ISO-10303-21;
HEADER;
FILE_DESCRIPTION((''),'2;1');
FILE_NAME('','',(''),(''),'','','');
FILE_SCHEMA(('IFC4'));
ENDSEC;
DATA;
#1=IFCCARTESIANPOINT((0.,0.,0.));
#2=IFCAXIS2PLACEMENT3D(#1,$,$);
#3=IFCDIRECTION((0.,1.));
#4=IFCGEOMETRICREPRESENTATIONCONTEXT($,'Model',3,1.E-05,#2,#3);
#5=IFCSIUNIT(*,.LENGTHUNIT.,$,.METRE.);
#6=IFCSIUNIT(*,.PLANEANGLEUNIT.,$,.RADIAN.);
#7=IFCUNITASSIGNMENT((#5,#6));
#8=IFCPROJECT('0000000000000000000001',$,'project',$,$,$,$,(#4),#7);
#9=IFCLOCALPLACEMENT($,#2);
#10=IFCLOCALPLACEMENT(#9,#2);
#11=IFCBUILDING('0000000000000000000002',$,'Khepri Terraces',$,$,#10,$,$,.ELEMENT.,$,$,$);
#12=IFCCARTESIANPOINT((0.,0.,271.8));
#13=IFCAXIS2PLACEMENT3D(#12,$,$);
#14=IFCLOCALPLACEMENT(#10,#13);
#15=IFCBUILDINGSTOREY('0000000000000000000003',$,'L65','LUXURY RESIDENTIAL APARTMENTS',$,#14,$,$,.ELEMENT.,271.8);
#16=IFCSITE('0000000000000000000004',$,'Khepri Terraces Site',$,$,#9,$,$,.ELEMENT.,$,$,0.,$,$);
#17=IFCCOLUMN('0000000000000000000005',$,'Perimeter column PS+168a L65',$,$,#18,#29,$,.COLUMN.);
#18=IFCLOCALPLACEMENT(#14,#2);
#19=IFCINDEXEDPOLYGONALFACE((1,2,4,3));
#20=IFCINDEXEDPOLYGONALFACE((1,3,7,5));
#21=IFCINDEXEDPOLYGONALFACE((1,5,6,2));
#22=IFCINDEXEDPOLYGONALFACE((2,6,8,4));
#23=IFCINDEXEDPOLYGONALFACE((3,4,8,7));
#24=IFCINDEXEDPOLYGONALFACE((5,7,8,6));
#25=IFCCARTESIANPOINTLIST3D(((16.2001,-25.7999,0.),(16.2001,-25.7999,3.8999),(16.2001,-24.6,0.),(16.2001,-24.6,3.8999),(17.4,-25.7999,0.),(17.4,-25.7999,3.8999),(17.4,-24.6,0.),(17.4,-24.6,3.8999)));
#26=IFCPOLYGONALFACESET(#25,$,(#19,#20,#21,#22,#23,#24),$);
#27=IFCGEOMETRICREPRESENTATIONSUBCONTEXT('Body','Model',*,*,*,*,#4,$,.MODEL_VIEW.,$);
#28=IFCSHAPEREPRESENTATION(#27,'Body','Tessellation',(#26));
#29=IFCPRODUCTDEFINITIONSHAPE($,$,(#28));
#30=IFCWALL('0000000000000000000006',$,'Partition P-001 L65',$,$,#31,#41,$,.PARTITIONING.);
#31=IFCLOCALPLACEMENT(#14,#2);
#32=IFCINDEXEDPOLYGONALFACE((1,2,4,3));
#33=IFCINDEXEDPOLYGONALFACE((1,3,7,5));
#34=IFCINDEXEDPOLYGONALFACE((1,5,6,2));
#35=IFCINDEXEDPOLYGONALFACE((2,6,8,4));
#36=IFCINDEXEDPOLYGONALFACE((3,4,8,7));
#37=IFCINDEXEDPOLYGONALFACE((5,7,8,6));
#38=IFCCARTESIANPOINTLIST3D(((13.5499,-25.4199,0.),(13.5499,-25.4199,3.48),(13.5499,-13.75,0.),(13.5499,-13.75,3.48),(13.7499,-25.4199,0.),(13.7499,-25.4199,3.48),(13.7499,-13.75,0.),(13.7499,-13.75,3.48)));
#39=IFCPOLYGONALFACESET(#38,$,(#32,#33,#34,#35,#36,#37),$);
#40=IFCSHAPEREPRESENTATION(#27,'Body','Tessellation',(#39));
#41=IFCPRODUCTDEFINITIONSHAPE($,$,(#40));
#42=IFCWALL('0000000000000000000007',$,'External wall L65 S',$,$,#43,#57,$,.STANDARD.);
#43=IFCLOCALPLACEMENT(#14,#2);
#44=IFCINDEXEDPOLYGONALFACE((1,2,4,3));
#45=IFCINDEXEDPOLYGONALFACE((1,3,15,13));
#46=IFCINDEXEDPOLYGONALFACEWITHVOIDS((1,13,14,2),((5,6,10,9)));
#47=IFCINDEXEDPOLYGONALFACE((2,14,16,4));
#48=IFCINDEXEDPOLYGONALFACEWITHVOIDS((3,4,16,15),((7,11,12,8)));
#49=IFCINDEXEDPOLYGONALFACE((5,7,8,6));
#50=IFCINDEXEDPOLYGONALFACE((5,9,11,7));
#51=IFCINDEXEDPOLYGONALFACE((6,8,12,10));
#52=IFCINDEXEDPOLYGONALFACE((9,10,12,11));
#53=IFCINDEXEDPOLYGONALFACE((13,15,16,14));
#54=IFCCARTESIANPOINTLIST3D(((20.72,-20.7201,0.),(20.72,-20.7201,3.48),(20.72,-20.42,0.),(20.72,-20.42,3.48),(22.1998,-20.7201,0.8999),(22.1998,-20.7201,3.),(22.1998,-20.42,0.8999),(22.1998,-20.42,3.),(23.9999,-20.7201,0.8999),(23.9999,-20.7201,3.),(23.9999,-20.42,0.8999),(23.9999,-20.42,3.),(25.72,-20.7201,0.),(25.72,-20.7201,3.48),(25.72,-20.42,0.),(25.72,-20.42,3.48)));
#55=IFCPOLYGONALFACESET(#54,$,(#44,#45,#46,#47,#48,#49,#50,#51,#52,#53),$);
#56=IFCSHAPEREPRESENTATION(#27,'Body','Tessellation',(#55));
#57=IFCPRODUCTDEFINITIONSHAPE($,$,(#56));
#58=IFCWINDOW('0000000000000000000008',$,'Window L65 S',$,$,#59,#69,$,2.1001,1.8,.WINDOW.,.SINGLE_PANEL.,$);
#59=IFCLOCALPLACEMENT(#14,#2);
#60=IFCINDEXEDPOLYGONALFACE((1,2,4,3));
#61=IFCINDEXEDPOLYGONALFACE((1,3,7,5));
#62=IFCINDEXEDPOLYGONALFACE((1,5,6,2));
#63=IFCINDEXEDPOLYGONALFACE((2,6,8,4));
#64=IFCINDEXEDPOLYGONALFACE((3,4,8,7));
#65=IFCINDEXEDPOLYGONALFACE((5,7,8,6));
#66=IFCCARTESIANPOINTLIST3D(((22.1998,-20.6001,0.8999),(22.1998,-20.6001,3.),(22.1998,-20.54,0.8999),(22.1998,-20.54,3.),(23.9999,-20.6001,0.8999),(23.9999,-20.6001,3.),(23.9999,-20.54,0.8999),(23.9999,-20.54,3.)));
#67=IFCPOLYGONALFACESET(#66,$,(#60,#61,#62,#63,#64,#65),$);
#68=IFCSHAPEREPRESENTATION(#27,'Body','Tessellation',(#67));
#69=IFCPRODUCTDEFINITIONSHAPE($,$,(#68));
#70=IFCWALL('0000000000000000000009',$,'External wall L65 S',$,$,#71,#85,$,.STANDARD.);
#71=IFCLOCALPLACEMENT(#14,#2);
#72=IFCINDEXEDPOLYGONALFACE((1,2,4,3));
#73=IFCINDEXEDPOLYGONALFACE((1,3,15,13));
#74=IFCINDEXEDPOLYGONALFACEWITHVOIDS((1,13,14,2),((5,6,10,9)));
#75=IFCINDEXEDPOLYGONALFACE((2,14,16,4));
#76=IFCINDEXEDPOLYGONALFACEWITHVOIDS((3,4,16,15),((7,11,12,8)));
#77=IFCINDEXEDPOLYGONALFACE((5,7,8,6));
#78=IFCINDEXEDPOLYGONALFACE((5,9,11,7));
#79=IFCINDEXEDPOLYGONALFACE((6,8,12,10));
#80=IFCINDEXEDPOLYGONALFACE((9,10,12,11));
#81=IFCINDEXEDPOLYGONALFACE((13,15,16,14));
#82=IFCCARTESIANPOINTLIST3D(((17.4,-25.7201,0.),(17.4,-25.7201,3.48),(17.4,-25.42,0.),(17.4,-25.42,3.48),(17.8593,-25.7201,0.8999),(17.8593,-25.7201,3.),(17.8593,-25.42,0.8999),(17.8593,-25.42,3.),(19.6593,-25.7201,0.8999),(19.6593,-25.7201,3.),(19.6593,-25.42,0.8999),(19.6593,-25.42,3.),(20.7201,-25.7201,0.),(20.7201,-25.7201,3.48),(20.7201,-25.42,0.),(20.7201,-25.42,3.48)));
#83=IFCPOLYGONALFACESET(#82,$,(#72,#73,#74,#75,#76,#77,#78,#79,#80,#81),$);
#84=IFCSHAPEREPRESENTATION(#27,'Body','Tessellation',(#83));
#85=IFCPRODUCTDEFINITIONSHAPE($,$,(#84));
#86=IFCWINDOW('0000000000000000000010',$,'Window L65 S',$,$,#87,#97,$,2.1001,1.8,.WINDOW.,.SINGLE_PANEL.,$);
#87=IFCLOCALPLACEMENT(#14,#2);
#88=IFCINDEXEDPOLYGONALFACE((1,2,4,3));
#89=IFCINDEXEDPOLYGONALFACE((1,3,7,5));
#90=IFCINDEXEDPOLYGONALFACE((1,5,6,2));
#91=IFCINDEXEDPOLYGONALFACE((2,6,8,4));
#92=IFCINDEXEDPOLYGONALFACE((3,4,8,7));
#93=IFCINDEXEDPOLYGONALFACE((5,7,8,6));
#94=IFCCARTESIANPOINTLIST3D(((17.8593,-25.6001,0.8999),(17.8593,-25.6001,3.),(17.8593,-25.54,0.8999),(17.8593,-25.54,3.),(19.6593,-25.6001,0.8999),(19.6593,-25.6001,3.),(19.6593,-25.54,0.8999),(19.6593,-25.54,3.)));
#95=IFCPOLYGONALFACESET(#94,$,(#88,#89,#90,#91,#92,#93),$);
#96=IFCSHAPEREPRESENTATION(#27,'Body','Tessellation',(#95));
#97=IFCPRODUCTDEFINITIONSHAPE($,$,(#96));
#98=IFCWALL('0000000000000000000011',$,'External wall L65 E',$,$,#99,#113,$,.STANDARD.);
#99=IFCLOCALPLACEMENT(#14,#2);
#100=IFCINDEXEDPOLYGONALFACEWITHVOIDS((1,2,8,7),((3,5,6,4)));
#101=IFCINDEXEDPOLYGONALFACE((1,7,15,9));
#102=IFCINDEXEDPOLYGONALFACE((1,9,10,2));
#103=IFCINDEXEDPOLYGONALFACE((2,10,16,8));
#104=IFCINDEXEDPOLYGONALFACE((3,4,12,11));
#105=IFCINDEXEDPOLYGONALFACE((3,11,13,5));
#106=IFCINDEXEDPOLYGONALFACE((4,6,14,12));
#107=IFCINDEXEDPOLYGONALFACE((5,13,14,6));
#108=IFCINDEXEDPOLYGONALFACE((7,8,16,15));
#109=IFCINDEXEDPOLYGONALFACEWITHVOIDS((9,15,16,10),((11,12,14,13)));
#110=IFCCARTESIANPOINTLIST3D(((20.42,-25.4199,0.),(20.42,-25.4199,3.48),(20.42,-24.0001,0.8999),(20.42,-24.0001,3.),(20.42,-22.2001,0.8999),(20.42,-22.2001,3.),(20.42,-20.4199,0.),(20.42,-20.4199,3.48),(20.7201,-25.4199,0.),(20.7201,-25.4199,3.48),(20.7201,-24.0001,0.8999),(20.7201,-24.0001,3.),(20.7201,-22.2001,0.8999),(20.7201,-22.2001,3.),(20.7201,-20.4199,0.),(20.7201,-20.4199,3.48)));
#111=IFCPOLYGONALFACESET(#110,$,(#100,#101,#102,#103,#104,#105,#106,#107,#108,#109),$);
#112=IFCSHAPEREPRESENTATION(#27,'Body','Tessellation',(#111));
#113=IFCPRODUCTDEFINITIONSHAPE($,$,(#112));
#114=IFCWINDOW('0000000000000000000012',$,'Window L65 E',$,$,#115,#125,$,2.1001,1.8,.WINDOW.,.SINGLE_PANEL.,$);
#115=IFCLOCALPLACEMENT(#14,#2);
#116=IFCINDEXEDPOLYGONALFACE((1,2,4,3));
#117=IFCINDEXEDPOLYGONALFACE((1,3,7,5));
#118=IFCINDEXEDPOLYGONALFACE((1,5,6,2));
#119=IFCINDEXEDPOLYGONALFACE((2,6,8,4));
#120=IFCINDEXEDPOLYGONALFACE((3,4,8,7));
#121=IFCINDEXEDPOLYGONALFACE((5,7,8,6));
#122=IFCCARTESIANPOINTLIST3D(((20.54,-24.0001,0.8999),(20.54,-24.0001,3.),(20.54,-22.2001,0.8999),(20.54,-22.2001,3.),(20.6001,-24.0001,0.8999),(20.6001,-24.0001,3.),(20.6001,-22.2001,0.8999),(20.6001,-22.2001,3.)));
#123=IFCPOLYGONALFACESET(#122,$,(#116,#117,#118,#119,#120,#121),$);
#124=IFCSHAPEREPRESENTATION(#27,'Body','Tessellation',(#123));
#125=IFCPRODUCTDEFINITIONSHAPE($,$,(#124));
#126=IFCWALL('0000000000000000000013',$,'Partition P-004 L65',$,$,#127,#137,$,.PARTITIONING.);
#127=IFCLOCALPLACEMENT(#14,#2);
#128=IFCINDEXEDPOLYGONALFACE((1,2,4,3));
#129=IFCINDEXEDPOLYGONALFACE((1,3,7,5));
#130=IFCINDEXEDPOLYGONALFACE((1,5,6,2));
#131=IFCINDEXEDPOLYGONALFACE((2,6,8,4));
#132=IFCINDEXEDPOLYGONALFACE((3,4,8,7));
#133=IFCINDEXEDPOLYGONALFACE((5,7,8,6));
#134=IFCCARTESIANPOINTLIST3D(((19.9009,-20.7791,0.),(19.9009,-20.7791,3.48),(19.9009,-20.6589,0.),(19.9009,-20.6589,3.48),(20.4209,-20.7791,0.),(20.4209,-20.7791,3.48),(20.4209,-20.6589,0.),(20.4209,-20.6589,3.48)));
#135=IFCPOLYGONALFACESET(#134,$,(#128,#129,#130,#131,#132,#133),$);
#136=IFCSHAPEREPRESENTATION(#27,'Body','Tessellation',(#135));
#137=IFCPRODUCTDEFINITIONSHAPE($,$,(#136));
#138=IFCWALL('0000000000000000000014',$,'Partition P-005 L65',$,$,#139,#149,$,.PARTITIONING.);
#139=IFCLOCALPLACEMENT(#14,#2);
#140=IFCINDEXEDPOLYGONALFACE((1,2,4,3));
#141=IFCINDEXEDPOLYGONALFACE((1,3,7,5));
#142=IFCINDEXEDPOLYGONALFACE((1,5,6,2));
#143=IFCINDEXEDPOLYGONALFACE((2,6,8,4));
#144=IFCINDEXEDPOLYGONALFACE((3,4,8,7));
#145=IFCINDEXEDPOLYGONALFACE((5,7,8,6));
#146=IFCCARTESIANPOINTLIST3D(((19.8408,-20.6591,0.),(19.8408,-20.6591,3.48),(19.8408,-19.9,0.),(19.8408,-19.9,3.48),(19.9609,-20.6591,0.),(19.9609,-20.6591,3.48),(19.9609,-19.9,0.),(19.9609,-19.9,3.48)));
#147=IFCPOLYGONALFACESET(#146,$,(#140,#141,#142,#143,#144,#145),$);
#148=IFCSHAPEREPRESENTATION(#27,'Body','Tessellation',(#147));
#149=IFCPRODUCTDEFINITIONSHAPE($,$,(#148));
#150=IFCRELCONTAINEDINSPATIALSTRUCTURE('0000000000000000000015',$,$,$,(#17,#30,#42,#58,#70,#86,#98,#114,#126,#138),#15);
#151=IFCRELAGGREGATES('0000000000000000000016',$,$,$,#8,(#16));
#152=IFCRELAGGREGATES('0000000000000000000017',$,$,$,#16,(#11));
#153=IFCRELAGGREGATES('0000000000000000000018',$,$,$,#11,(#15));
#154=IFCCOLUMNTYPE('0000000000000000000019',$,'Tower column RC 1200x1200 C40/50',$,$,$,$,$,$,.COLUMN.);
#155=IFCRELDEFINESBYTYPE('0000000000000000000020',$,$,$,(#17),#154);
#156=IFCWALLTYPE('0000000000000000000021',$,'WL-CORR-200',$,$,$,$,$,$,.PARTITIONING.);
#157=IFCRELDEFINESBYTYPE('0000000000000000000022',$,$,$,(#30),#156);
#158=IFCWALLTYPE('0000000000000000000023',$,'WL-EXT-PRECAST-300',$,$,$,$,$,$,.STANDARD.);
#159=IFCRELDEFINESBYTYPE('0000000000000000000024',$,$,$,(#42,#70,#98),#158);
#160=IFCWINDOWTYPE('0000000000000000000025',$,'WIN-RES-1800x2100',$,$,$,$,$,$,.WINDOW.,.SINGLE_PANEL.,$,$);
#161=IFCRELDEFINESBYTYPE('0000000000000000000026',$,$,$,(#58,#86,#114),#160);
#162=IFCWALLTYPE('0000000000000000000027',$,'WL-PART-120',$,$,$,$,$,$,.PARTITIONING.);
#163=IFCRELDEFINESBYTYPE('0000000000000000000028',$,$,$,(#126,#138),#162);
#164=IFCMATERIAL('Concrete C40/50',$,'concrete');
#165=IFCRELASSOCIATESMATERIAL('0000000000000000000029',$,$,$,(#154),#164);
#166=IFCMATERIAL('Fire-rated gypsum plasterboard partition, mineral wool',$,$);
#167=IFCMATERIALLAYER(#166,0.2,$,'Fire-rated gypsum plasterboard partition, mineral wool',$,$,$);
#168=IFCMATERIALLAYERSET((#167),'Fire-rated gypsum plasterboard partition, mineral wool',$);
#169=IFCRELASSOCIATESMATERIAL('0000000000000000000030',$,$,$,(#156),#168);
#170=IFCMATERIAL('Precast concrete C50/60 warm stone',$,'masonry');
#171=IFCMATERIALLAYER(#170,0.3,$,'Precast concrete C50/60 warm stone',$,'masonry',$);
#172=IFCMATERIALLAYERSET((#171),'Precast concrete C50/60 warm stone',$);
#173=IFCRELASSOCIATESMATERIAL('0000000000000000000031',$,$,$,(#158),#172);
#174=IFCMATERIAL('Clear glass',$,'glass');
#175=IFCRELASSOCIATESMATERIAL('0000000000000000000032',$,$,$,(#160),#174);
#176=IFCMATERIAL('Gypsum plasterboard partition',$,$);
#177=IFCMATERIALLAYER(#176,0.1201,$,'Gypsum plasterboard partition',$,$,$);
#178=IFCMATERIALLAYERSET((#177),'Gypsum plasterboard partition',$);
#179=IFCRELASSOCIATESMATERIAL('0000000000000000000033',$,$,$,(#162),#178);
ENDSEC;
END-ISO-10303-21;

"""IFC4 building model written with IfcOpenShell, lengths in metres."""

from ifc_helpers import new_model, si_unit, direction, frame, frame_2d, origin, origin_2d, place, context, subcontext, project, spatial, rectangle, extrude, material, layer, layer_set, material_profile, profile_set, type_object, element, fill, save


model = new_model("IFC4")

# Units and contexts
model_context = context("Model", 3, precision=1e-05, world=origin(), true_north=direction((0.0, 1.0)))
body_context = subcontext(model_context, "Body", "Model", "MODEL_VIEW")
ifc_project = project(units=[si_unit("LENGTHUNIT", "METRE"), si_unit("PLANEANGLEUNIT", "RADIAN")], contexts=[model_context])

# Site, building, storey
site_placement = place(None, origin())
site = spatial("IfcSite", under=ifc_project, at=site_placement, Name="Khepri Terraces Site", CompositionType="ELEMENT", RefElevation=0.0)
building_placement = place(site_placement, origin())
building = spatial("IfcBuilding", under=site, at=building_placement, Name="Khepri Terraces", CompositionType="ELEMENT")
storey_placement = place(building_placement, frame((0.0, 0.0, 271.8)))
storey = spatial("IfcBuildingStorey", under=building, at=storey_placement, Name="L65", Description="LUXURY RESIDENTIAL APARTMENTS", CompositionType="ELEMENT", Elevation=271.8)

# Column
ifc_material_1 = material(Name="Concrete C40/50", Category="concrete")
ifc_material_profile = material_profile(ifc_material_1, rectangle(XDim=1.2, YDim=1.2, at=origin_2d()), Name="Concrete C40/50", Category="concrete")
ifc_profile_set = profile_set([ifc_material_profile], Name="Concrete C40/50")
column_type = type_object("IfcColumnType", Name="Tower column RC 1200x1200 C40/50", PredefinedType="COLUMN", material=ifc_profile_set)
column_placement = place(storey_placement, frame((16.8, -25.2, 0.0), z_axis=(0.0, 0.0, 1.0), x_axis=(1.0, 0.0, 0.0)))
element("IfcColumn", 1, at=column_placement, inside=storey, type_object=column_type, Name="Perimeter column PS+168a L65", PredefinedType="COLUMN", context=body_context, shape_type="SweptSolid", body=[
    extrude(rectangle(XDim=1.2, YDim=1.2, at=origin_2d()), origin(), (0.0, 0.0, 1.0), 3.8999),
])

# Wall
ifc_material_2 = material(Name="Fire-rated gypsum plasterboard partition, mineral wool")
ifc_layer_1 = layer(ifc_material_2, 0.2, Name="Fire-rated gypsum plasterboard partition, mineral wool")
ifc_layer_set_1 = layer_set([ifc_layer_1], Name="Fire-rated gypsum plasterboard partition, mineral wool")
wall_type_1 = type_object("IfcWallType", Name="WL-CORR-200", PredefinedType="PARTITIONING", material=ifc_layer_set_1)
wall_1_placement = place(storey_placement, frame((13.6499, -25.4199, 0.0), z_axis=(0.0, 0.0, 1.0), x_axis=(0.0, 1.0, 0.0)))
element("IfcWall", 2, at=wall_1_placement, inside=storey, type_object=wall_type_1, Name="Partition P-001 L65", PredefinedType="PARTITIONING", context=body_context, shape_type="SweptSolid", body=[
    extrude(rectangle(XDim=11.6699, YDim=0.2, at=frame_2d((5.835, 0.0))), origin(), (0.0, 0.0, 1.0), 3.48),
])

# Wall, opening, window
ifc_material_3 = material(Name="Precast concrete C50/60 warm stone", Category="masonry")
ifc_layer_2 = layer(ifc_material_3, 0.3, Name="Precast concrete C50/60 warm stone", Category="masonry")
ifc_layer_set_2 = layer_set([ifc_layer_2], Name="Precast concrete C50/60 warm stone")
wall_type_2 = type_object("IfcWallType", Name="WL-EXT-PRECAST-300", PredefinedType="STANDARD", material=ifc_layer_set_2)
wall_2_placement = place(storey_placement, frame((20.72, -20.5701, 0.0), z_axis=(0.0, 0.0, 1.0), x_axis=(1.0, 0.0, 0.0)))
wall_2 = element("IfcWall", 3, at=wall_2_placement, inside=storey, type_object=wall_type_2, Name="External wall L65 S", PredefinedType="STANDARD", context=body_context, shape_type="SweptSolid", body=[
    extrude(rectangle(XDim=5.0, YDim=0.3, at=frame_2d((2.5, 0.0))), origin(), (0.0, 0.0, 1.0), 3.48),
])
opening_1_placement = place(wall_2_placement, frame((1.48, 0.0, 0.8999)))
opening_1 = element("IfcOpeningElement", 4, at=opening_1_placement, cuts=wall_2, PredefinedType="OPENING", context=body_context, shape_type="SweptSolid", body=[
    extrude(rectangle(XDim=1.8, YDim=2.1001, at=frame_2d((0.8999, 1.05))), frame((0.0, 0.1602, 0.0), z_axis=(0.0, -1.0, 0.0), x_axis=(1.0, 0.0, 0.0)), (0.0, 0.0, 1.0), 0.3201),
])
ifc_material_4 = material(Name="Clear glass", Category="glass")
window_type = type_object("IfcWindowType", Name="WIN-RES-1800x2100", PartitioningType="SINGLE_PANEL", PredefinedType="WINDOW", material=ifc_material_4)
window_1_placement = place(opening_1_placement, origin())
window_1 = element("IfcWindow", 5, at=window_1_placement, inside=storey, type_object=window_type, Name="Window L65 S", OverallHeight=2.1001, OverallWidth=1.8, PartitioningType="SINGLE_PANEL", PredefinedType="WINDOW", context=body_context, shape_type="SweptSolid", body=[
    extrude(rectangle(XDim=1.8, YDim=2.1001, at=frame_2d((0.8999, 1.05))), frame((0.0, 0.03, 0.0), z_axis=(0.0, -1.0, 0.0), x_axis=(1.0, 0.0, 0.0)), (0.0, 0.0, 1.0), 0.0601),
])
fill(opening_1, window_1)

# Walls, openings, windows
wall_3_placement = place(storey_placement, frame((17.3999, -25.5701, 0.0), z_axis=(0.0, 0.0, 1.0), x_axis=(1.0, 0.0, 0.0)))
wall_3 = element("IfcWall", 6, at=wall_3_placement, inside=storey, type_object=wall_type_2, Name="External wall L65 S", PredefinedType="STANDARD", context=body_context, shape_type="SweptSolid", body=[
    extrude(rectangle(XDim=3.3201, YDim=0.3, at=frame_2d((1.6602, 0.0))), origin(), (0.0, 0.0, 1.0), 3.48),
])
opening_2_placement = place(wall_3_placement, frame((0.4595, 0.0, 0.8999)))
opening_2 = element("IfcOpeningElement", 7, at=opening_2_placement, cuts=wall_3, PredefinedType="OPENING", context=body_context, shape_type="SweptSolid", body=[
    extrude(rectangle(XDim=1.8, YDim=2.1001, at=frame_2d((0.8999, 1.05))), frame((0.0, 0.1602, 0.0), z_axis=(0.0, -1.0, 0.0), x_axis=(1.0, 0.0, 0.0)), (0.0, 0.0, 1.0), 0.3201),
])
window_2_placement = place(opening_2_placement, origin())
window_2 = element("IfcWindow", 8, at=window_2_placement, inside=storey, type_object=window_type, Name="Window L65 S", OverallHeight=2.1001, OverallWidth=1.8, PartitioningType="SINGLE_PANEL", PredefinedType="WINDOW", context=body_context, shape_type="SweptSolid", body=[
    extrude(rectangle(XDim=1.8, YDim=2.1001, at=frame_2d((0.8999, 1.05))), frame((0.0, 0.03, 0.0), z_axis=(0.0, -1.0, 0.0), x_axis=(1.0, 0.0, 0.0)), (0.0, 0.0, 1.0), 0.0601),
])
fill(opening_2, window_2)
wall_4_placement = place(storey_placement, frame((20.5701, -25.4199, 0.0), z_axis=(0.0, 0.0, 1.0), x_axis=(0.0, 1.0, 0.0)))
wall_4 = element("IfcWall", 9, at=wall_4_placement, inside=storey, type_object=wall_type_2, Name="External wall L65 E", PredefinedType="STANDARD", context=body_context, shape_type="SweptSolid", body=[
    extrude(rectangle(XDim=5.0, YDim=0.3, at=frame_2d((2.5, 0.0))), origin(), (0.0, 0.0, 1.0), 3.48),
])
opening_3_placement = place(wall_4_placement, frame((1.4199, 0.0, 0.8999)))
opening_3 = element("IfcOpeningElement", 10, at=opening_3_placement, cuts=wall_4, PredefinedType="OPENING", context=body_context, shape_type="SweptSolid", body=[
    extrude(rectangle(XDim=1.8, YDim=2.1001, at=frame_2d((0.8999, 1.05))), frame((0.0, 0.1602, 0.0), z_axis=(0.0, -1.0, 0.0), x_axis=(1.0, 0.0, 0.0)), (0.0, 0.0, 1.0), 0.3201),
])
window_3_placement = place(opening_3_placement, origin())
window_3 = element("IfcWindow", 11, at=window_3_placement, inside=storey, type_object=window_type, Name="Window L65 E", OverallHeight=2.1001, OverallWidth=1.8, PartitioningType="SINGLE_PANEL", PredefinedType="WINDOW", context=body_context, shape_type="SweptSolid", body=[
    extrude(rectangle(XDim=1.8, YDim=2.1001, at=frame_2d((0.8999, 1.05))), frame((0.0, 0.03, 0.0), z_axis=(0.0, -1.0, 0.0), x_axis=(1.0, 0.0, 0.0)), (0.0, 0.0, 1.0), 0.0601),
])
fill(opening_3, window_3)

# Walls
ifc_material_5 = material(Name="Gypsum plasterboard partition")
ifc_layer_3 = layer(ifc_material_5, 0.1201, Name="Gypsum plasterboard partition")
ifc_layer_set_3 = layer_set([ifc_layer_3], Name="Gypsum plasterboard partition")
wall_type_3 = type_object("IfcWallType", Name="WL-PART-120", PredefinedType="PARTITIONING", material=ifc_layer_set_3)
wall_5_placement = place(storey_placement, frame((19.9009, -20.719, 0.0), z_axis=(0.0, 0.0, 1.0), x_axis=(1.0, 0.0, 0.0)))
element("IfcWall", 12, at=wall_5_placement, inside=storey, type_object=wall_type_3, Name="Partition P-004 L65", PredefinedType="PARTITIONING", context=body_context, shape_type="SweptSolid", body=[
    extrude(rectangle(XDim=0.52, YDim=0.1201, at=frame_2d((0.26, 0.0))), origin(), (0.0, 0.0, 1.0), 3.48),
])
wall_6_placement = place(storey_placement, frame((19.9009, -20.6589, 0.0), z_axis=(0.0, 0.0, 1.0), x_axis=(0.0, 1.0, 0.0)))
element("IfcWall", 13, at=wall_6_placement, inside=storey, type_object=wall_type_3, Name="Partition P-005 L65", PredefinedType="PARTITIONING", context=body_context, shape_type="SweptSolid", body=[
    extrude(rectangle(XDim=0.759, YDim=0.1201, at=frame_2d((0.3794, 0.0))), origin(), (0.0, 0.0, 1.0), 3.48),
])

save(model, "model.ifc")
